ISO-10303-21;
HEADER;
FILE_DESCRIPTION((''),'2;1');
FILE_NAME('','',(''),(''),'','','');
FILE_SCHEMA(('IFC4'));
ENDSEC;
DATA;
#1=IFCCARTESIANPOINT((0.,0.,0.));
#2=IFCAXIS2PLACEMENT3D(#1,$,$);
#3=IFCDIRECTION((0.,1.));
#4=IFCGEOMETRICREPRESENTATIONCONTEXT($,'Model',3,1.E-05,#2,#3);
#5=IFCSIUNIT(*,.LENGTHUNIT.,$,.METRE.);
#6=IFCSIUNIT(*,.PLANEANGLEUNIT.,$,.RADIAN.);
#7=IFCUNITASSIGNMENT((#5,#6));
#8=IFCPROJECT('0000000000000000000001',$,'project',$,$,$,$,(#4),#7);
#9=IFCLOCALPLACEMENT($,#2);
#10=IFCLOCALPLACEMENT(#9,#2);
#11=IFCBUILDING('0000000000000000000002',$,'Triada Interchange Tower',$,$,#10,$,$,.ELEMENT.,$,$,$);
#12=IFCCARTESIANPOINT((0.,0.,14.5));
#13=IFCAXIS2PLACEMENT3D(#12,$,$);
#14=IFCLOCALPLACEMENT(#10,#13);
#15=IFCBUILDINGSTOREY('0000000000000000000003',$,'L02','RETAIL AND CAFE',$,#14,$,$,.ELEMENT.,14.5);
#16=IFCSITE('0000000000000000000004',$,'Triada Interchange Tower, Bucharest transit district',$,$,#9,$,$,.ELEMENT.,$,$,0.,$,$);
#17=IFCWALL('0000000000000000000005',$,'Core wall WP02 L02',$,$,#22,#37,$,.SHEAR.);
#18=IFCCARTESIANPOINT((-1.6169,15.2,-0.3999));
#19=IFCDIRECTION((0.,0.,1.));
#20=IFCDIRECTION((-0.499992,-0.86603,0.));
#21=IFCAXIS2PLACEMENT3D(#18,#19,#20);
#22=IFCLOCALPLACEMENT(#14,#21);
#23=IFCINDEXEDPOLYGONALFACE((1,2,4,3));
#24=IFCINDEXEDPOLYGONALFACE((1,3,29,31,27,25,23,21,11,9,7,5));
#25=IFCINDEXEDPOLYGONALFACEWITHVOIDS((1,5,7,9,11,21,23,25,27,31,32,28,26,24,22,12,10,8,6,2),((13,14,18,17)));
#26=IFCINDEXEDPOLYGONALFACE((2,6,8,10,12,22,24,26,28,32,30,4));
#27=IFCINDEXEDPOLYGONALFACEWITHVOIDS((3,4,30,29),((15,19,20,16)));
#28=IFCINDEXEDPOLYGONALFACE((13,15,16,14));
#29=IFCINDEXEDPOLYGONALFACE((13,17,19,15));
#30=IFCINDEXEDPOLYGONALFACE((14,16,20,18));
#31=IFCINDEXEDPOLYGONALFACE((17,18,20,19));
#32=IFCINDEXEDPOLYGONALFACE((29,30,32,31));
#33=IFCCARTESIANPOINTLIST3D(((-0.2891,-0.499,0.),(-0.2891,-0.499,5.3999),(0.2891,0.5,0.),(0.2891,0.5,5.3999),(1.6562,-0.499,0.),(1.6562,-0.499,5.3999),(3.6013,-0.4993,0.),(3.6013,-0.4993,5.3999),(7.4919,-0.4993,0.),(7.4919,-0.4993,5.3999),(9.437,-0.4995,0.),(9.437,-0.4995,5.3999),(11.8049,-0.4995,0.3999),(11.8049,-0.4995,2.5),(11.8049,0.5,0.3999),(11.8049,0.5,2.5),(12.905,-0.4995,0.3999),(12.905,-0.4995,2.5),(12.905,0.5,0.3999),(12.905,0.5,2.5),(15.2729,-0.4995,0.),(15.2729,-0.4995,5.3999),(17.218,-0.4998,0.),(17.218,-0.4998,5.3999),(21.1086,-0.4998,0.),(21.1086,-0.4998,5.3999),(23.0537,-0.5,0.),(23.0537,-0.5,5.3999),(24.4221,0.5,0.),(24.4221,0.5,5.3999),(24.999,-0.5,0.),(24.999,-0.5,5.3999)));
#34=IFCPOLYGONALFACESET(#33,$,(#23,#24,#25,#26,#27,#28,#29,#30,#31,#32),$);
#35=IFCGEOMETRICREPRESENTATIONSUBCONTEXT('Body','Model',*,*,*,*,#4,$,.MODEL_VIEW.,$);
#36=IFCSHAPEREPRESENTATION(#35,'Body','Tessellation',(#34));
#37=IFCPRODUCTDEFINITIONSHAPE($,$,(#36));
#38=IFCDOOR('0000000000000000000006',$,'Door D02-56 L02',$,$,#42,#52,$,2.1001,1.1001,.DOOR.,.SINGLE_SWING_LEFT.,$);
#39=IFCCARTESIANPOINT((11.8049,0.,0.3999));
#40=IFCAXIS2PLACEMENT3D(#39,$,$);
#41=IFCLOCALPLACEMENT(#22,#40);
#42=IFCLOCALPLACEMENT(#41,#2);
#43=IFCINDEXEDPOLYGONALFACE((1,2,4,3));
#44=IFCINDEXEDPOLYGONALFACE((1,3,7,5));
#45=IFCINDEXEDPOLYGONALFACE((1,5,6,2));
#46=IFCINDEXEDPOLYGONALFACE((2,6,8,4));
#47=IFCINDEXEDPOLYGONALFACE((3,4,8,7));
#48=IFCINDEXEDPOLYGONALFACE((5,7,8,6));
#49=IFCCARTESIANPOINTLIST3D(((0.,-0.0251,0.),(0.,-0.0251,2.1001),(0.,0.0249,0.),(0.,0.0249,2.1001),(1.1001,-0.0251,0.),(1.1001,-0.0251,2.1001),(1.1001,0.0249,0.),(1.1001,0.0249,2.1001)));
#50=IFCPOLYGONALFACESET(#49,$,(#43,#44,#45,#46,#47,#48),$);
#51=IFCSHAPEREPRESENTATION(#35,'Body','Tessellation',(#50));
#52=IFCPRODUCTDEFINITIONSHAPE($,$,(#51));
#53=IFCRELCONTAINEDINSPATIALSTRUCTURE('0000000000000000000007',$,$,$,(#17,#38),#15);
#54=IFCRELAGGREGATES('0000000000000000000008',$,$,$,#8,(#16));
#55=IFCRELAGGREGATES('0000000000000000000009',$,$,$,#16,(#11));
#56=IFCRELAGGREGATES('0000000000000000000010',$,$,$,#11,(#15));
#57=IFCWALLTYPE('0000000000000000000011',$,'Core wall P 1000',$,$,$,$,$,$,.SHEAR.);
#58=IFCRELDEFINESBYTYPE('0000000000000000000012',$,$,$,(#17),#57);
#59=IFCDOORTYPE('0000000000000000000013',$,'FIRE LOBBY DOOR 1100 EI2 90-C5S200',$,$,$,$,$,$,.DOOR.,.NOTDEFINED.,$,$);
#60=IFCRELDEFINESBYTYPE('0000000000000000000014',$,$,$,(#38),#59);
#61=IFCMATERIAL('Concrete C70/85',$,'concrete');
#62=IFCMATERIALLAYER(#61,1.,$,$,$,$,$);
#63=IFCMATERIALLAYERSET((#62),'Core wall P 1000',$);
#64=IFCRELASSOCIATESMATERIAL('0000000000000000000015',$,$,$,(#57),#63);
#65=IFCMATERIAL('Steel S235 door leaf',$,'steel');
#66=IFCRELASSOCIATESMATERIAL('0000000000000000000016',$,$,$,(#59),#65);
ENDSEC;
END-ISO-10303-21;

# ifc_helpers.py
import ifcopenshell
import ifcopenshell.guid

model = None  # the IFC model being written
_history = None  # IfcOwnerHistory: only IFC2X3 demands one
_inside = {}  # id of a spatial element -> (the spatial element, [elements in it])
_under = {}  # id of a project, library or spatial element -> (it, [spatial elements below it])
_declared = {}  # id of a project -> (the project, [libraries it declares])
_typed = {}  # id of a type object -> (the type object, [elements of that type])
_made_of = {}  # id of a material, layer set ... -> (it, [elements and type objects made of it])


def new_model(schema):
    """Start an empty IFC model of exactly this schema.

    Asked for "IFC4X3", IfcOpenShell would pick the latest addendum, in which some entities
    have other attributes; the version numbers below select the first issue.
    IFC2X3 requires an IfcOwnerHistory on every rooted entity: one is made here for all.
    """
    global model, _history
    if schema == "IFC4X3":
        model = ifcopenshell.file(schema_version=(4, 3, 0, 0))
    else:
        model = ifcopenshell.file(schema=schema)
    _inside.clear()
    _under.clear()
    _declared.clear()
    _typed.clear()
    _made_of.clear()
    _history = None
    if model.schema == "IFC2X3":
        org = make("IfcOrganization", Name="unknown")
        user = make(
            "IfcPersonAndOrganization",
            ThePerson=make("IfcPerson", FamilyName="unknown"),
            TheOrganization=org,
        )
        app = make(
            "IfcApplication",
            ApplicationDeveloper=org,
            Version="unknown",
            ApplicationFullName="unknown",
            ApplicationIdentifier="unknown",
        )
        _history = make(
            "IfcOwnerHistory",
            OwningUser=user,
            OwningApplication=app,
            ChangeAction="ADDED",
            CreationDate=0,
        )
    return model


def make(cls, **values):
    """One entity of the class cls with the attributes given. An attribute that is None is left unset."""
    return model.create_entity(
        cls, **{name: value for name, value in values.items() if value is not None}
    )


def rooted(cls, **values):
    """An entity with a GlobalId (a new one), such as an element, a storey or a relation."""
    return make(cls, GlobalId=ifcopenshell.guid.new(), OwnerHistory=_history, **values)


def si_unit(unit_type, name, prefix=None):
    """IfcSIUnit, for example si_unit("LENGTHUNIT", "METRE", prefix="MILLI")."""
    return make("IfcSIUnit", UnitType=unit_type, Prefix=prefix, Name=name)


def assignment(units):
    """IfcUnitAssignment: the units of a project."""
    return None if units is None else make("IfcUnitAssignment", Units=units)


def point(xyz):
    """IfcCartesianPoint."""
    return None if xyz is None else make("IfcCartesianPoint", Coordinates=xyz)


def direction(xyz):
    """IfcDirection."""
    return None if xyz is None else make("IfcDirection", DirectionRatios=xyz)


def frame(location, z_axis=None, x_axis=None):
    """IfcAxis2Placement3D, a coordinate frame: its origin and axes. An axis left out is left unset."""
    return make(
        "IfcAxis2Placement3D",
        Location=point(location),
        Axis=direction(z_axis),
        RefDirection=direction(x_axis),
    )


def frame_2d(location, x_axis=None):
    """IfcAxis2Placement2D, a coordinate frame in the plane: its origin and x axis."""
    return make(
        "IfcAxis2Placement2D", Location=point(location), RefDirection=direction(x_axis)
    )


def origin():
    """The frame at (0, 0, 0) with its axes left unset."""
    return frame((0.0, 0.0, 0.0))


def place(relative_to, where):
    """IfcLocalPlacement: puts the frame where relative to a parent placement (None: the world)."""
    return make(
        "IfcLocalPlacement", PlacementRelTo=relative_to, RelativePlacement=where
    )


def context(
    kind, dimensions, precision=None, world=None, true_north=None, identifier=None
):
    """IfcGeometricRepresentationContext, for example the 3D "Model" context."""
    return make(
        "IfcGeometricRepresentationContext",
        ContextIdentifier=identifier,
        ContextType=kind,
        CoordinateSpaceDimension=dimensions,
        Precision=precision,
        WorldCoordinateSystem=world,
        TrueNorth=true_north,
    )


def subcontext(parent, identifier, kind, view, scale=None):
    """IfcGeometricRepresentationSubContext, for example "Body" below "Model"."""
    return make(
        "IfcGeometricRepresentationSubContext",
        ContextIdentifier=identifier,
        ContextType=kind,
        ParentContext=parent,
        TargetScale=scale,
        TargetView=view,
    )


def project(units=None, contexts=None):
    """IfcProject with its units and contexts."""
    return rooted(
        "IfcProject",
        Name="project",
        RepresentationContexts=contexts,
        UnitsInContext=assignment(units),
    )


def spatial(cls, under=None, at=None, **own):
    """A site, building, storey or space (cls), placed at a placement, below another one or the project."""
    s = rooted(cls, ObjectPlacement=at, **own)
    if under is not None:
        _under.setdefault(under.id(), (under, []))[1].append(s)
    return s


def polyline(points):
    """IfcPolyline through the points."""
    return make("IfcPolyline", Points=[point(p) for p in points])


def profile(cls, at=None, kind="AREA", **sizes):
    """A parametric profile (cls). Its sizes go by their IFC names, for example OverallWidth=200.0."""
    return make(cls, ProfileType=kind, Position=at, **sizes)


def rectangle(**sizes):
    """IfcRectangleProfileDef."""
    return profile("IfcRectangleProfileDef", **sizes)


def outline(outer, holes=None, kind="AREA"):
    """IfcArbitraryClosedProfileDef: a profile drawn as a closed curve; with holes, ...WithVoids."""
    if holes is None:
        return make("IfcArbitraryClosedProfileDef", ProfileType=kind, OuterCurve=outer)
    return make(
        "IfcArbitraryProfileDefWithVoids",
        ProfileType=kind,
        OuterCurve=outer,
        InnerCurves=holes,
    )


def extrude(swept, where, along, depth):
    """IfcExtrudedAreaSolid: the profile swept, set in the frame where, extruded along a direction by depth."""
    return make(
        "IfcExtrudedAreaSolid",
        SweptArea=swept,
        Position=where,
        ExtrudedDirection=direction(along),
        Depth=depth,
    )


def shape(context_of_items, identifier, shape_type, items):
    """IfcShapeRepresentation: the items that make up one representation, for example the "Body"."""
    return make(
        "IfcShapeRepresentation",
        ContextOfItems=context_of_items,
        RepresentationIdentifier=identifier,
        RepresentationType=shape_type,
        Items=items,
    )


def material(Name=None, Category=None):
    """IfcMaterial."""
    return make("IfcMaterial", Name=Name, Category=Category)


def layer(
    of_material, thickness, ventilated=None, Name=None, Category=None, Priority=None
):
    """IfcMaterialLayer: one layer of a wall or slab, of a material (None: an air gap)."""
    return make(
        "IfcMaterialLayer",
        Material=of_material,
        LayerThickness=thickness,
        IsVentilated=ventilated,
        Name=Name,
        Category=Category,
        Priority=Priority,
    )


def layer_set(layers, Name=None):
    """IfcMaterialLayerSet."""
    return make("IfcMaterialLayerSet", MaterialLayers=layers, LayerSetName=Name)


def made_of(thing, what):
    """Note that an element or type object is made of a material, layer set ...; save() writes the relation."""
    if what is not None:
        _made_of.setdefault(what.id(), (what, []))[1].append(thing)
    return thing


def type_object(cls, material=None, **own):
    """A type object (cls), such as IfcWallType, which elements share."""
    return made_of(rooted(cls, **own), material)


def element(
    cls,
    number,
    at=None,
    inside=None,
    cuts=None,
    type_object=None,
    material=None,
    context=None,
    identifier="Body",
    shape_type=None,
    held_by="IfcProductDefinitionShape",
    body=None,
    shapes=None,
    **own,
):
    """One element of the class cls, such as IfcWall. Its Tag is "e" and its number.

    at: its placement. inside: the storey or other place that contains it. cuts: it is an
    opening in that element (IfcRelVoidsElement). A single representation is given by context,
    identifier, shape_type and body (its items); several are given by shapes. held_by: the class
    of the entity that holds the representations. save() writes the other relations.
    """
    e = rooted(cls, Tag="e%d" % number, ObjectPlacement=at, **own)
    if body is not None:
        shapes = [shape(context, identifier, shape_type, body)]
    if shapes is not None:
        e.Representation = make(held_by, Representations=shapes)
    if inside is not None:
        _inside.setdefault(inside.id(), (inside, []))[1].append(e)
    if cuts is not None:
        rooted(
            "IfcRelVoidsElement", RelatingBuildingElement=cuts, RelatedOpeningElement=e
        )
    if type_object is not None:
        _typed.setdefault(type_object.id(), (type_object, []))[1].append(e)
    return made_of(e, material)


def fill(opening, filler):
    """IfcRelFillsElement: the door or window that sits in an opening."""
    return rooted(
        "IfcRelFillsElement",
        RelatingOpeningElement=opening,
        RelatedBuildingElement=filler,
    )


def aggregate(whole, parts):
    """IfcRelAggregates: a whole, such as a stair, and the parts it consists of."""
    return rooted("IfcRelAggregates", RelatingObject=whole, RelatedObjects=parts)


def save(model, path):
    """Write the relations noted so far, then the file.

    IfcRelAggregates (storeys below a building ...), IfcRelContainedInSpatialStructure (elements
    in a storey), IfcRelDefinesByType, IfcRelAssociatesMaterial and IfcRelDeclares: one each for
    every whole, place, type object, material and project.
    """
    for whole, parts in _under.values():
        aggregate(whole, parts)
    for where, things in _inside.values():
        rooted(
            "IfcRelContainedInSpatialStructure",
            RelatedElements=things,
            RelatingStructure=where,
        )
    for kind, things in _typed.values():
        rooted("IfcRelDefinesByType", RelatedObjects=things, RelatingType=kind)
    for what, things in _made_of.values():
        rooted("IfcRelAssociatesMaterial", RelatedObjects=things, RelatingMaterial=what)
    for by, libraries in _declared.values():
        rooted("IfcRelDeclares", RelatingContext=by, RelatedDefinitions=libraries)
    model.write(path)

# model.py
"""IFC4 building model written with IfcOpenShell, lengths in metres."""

from ifc_helpers import new_model, si_unit, direction, frame, frame_2d, origin, place, context, subcontext, project, spatial, polyline, rectangle, outline, extrude, material, layer, layer_set, type_object, element, fill, save


model = new_model("IFC4")

# Units and contexts
model_context = context("Model", 3, precision=1e-05, world=origin(), true_north=direction((0.0, 1.0)))
body_context = subcontext(model_context, "Body", "Model", "MODEL_VIEW")
ifc_project = project(units=[si_unit("LENGTHUNIT", "METRE"), si_unit("PLANEANGLEUNIT", "RADIAN")], contexts=[model_context])

# Site, building, storey
site_placement = place(None, origin())
site = spatial("IfcSite", under=ifc_project, at=site_placement, Name="Triada Interchange Tower, Bucharest transit district", CompositionType="ELEMENT", RefElevation=0.0)
building_placement = place(site_placement, origin())
building = spatial("IfcBuilding", under=site, at=building_placement, Name="Triada Interchange Tower", CompositionType="ELEMENT")
storey_placement = place(building_placement, frame((0.0, 0.0, 14.5)))
storey = spatial("IfcBuildingStorey", under=building, at=storey_placement, Name="L02", Description="RETAIL AND CAFE", CompositionType="ELEMENT", Elevation=14.5)

# Shared definitions
ifc_material_1 = material(Name="Concrete C70/85", Category="concrete")

# Shared definitions
ifc_material_2 = material(Name="Steel S235 door leaf", Category="steel")

# Wall, opening, door
ifc_layer_1 = layer(ifc_material_1, 1.0)
ifc_layer_set_1 = layer_set([ifc_layer_1], Name="Core wall P 1000")
wall_type_1 = type_object("IfcWallType", Name="Core wall P 1000", PredefinedType="SHEAR", material=ifc_layer_set_1)
wall_1_placement = place(storey_placement, frame((-1.6169, 15.2, -0.3999), z_axis=(0.0, 0.0, 1.0), x_axis=(-0.499992, -0.86603, 0.0)))
wall_1 = element("IfcWall", 1, at=wall_1_placement, inside=storey, type_object=wall_type_1, Name="Core wall WP02 L02", PredefinedType="SHEAR", context=body_context, shape_type="SweptSolid", body=[
    extrude(outline(polyline([(-0.2891, -0.499), (1.6562, -0.499), (3.6013, -0.4993), (5.5466, -0.4993), (7.4919, -0.4993), (9.437, -0.4995), (11.3823, -0.4995), (13.3276, -0.4995), (15.2729, -0.4995), (17.218, -0.4998), (19.1633, -0.4998), (21.1086, -0.4998), (23.0537, -0.5), (24.999, -0.5), (24.4221, 0.5), (22.5657, 0.5), (20.7092, 0.5), (18.853, 0.5), (16.9966, 0.5), (15.1401, 0.5), (13.2837, 0.5), (11.4275, 0.5), (9.571, 0.5), (7.7146, 0.5), (5.8582, 0.5), (4.002, 0.5), (2.1455, 0.5), (0.2891, 0.5), (-0.2891, -0.499)])), origin(), (0.0, 0.0, 1.0), 5.3999),
])
opening_1_placement = place(wall_1_placement, frame((11.8049, 0.0, 0.3999)))
opening_1 = element("IfcOpeningElement", 2, at=opening_1_placement, cuts=wall_1, PredefinedType="OPENING", context=body_context, shape_type="SweptSolid", body=[
    extrude(rectangle(XDim=1.1001, YDim=2.1001, at=frame_2d((0.55, 1.05))), frame((0.0, 0.51, 0.0), z_axis=(0.0, -1.0, 0.0), x_axis=(1.0, 0.0, 0.0)), (0.0, 0.0, 1.0), 1.02),
])
door_type_1 = type_object("IfcDoorType", Name="FIRE LOBBY DOOR 1100 EI2 90-C5S200", OperationType="NOTDEFINED", PredefinedType="DOOR", material=ifc_material_2)
door_1_placement = place(opening_1_placement, origin())
door_1 = element("IfcDoor", 3, at=door_1_placement, inside=storey, type_object=door_type_1, Name="Door D02-56 L02", OperationType="SINGLE_SWING_LEFT", OverallHeight=2.1001, OverallWidth=1.1001, PredefinedType="DOOR", context=body_context, shape_type="SweptSolid", body=[
    extrude(rectangle(XDim=1.1001, YDim=2.1001, at=frame_2d((0.55, 1.05))), frame((0.0, 0.0249, 0.0), z_axis=(0.0, -1.0, 0.0), x_axis=(1.0, 0.0, 0.0)), (0.0, 0.0, 1.0), 0.05),
])
fill(opening_1, door_1)

save(model, "model.ifc")
